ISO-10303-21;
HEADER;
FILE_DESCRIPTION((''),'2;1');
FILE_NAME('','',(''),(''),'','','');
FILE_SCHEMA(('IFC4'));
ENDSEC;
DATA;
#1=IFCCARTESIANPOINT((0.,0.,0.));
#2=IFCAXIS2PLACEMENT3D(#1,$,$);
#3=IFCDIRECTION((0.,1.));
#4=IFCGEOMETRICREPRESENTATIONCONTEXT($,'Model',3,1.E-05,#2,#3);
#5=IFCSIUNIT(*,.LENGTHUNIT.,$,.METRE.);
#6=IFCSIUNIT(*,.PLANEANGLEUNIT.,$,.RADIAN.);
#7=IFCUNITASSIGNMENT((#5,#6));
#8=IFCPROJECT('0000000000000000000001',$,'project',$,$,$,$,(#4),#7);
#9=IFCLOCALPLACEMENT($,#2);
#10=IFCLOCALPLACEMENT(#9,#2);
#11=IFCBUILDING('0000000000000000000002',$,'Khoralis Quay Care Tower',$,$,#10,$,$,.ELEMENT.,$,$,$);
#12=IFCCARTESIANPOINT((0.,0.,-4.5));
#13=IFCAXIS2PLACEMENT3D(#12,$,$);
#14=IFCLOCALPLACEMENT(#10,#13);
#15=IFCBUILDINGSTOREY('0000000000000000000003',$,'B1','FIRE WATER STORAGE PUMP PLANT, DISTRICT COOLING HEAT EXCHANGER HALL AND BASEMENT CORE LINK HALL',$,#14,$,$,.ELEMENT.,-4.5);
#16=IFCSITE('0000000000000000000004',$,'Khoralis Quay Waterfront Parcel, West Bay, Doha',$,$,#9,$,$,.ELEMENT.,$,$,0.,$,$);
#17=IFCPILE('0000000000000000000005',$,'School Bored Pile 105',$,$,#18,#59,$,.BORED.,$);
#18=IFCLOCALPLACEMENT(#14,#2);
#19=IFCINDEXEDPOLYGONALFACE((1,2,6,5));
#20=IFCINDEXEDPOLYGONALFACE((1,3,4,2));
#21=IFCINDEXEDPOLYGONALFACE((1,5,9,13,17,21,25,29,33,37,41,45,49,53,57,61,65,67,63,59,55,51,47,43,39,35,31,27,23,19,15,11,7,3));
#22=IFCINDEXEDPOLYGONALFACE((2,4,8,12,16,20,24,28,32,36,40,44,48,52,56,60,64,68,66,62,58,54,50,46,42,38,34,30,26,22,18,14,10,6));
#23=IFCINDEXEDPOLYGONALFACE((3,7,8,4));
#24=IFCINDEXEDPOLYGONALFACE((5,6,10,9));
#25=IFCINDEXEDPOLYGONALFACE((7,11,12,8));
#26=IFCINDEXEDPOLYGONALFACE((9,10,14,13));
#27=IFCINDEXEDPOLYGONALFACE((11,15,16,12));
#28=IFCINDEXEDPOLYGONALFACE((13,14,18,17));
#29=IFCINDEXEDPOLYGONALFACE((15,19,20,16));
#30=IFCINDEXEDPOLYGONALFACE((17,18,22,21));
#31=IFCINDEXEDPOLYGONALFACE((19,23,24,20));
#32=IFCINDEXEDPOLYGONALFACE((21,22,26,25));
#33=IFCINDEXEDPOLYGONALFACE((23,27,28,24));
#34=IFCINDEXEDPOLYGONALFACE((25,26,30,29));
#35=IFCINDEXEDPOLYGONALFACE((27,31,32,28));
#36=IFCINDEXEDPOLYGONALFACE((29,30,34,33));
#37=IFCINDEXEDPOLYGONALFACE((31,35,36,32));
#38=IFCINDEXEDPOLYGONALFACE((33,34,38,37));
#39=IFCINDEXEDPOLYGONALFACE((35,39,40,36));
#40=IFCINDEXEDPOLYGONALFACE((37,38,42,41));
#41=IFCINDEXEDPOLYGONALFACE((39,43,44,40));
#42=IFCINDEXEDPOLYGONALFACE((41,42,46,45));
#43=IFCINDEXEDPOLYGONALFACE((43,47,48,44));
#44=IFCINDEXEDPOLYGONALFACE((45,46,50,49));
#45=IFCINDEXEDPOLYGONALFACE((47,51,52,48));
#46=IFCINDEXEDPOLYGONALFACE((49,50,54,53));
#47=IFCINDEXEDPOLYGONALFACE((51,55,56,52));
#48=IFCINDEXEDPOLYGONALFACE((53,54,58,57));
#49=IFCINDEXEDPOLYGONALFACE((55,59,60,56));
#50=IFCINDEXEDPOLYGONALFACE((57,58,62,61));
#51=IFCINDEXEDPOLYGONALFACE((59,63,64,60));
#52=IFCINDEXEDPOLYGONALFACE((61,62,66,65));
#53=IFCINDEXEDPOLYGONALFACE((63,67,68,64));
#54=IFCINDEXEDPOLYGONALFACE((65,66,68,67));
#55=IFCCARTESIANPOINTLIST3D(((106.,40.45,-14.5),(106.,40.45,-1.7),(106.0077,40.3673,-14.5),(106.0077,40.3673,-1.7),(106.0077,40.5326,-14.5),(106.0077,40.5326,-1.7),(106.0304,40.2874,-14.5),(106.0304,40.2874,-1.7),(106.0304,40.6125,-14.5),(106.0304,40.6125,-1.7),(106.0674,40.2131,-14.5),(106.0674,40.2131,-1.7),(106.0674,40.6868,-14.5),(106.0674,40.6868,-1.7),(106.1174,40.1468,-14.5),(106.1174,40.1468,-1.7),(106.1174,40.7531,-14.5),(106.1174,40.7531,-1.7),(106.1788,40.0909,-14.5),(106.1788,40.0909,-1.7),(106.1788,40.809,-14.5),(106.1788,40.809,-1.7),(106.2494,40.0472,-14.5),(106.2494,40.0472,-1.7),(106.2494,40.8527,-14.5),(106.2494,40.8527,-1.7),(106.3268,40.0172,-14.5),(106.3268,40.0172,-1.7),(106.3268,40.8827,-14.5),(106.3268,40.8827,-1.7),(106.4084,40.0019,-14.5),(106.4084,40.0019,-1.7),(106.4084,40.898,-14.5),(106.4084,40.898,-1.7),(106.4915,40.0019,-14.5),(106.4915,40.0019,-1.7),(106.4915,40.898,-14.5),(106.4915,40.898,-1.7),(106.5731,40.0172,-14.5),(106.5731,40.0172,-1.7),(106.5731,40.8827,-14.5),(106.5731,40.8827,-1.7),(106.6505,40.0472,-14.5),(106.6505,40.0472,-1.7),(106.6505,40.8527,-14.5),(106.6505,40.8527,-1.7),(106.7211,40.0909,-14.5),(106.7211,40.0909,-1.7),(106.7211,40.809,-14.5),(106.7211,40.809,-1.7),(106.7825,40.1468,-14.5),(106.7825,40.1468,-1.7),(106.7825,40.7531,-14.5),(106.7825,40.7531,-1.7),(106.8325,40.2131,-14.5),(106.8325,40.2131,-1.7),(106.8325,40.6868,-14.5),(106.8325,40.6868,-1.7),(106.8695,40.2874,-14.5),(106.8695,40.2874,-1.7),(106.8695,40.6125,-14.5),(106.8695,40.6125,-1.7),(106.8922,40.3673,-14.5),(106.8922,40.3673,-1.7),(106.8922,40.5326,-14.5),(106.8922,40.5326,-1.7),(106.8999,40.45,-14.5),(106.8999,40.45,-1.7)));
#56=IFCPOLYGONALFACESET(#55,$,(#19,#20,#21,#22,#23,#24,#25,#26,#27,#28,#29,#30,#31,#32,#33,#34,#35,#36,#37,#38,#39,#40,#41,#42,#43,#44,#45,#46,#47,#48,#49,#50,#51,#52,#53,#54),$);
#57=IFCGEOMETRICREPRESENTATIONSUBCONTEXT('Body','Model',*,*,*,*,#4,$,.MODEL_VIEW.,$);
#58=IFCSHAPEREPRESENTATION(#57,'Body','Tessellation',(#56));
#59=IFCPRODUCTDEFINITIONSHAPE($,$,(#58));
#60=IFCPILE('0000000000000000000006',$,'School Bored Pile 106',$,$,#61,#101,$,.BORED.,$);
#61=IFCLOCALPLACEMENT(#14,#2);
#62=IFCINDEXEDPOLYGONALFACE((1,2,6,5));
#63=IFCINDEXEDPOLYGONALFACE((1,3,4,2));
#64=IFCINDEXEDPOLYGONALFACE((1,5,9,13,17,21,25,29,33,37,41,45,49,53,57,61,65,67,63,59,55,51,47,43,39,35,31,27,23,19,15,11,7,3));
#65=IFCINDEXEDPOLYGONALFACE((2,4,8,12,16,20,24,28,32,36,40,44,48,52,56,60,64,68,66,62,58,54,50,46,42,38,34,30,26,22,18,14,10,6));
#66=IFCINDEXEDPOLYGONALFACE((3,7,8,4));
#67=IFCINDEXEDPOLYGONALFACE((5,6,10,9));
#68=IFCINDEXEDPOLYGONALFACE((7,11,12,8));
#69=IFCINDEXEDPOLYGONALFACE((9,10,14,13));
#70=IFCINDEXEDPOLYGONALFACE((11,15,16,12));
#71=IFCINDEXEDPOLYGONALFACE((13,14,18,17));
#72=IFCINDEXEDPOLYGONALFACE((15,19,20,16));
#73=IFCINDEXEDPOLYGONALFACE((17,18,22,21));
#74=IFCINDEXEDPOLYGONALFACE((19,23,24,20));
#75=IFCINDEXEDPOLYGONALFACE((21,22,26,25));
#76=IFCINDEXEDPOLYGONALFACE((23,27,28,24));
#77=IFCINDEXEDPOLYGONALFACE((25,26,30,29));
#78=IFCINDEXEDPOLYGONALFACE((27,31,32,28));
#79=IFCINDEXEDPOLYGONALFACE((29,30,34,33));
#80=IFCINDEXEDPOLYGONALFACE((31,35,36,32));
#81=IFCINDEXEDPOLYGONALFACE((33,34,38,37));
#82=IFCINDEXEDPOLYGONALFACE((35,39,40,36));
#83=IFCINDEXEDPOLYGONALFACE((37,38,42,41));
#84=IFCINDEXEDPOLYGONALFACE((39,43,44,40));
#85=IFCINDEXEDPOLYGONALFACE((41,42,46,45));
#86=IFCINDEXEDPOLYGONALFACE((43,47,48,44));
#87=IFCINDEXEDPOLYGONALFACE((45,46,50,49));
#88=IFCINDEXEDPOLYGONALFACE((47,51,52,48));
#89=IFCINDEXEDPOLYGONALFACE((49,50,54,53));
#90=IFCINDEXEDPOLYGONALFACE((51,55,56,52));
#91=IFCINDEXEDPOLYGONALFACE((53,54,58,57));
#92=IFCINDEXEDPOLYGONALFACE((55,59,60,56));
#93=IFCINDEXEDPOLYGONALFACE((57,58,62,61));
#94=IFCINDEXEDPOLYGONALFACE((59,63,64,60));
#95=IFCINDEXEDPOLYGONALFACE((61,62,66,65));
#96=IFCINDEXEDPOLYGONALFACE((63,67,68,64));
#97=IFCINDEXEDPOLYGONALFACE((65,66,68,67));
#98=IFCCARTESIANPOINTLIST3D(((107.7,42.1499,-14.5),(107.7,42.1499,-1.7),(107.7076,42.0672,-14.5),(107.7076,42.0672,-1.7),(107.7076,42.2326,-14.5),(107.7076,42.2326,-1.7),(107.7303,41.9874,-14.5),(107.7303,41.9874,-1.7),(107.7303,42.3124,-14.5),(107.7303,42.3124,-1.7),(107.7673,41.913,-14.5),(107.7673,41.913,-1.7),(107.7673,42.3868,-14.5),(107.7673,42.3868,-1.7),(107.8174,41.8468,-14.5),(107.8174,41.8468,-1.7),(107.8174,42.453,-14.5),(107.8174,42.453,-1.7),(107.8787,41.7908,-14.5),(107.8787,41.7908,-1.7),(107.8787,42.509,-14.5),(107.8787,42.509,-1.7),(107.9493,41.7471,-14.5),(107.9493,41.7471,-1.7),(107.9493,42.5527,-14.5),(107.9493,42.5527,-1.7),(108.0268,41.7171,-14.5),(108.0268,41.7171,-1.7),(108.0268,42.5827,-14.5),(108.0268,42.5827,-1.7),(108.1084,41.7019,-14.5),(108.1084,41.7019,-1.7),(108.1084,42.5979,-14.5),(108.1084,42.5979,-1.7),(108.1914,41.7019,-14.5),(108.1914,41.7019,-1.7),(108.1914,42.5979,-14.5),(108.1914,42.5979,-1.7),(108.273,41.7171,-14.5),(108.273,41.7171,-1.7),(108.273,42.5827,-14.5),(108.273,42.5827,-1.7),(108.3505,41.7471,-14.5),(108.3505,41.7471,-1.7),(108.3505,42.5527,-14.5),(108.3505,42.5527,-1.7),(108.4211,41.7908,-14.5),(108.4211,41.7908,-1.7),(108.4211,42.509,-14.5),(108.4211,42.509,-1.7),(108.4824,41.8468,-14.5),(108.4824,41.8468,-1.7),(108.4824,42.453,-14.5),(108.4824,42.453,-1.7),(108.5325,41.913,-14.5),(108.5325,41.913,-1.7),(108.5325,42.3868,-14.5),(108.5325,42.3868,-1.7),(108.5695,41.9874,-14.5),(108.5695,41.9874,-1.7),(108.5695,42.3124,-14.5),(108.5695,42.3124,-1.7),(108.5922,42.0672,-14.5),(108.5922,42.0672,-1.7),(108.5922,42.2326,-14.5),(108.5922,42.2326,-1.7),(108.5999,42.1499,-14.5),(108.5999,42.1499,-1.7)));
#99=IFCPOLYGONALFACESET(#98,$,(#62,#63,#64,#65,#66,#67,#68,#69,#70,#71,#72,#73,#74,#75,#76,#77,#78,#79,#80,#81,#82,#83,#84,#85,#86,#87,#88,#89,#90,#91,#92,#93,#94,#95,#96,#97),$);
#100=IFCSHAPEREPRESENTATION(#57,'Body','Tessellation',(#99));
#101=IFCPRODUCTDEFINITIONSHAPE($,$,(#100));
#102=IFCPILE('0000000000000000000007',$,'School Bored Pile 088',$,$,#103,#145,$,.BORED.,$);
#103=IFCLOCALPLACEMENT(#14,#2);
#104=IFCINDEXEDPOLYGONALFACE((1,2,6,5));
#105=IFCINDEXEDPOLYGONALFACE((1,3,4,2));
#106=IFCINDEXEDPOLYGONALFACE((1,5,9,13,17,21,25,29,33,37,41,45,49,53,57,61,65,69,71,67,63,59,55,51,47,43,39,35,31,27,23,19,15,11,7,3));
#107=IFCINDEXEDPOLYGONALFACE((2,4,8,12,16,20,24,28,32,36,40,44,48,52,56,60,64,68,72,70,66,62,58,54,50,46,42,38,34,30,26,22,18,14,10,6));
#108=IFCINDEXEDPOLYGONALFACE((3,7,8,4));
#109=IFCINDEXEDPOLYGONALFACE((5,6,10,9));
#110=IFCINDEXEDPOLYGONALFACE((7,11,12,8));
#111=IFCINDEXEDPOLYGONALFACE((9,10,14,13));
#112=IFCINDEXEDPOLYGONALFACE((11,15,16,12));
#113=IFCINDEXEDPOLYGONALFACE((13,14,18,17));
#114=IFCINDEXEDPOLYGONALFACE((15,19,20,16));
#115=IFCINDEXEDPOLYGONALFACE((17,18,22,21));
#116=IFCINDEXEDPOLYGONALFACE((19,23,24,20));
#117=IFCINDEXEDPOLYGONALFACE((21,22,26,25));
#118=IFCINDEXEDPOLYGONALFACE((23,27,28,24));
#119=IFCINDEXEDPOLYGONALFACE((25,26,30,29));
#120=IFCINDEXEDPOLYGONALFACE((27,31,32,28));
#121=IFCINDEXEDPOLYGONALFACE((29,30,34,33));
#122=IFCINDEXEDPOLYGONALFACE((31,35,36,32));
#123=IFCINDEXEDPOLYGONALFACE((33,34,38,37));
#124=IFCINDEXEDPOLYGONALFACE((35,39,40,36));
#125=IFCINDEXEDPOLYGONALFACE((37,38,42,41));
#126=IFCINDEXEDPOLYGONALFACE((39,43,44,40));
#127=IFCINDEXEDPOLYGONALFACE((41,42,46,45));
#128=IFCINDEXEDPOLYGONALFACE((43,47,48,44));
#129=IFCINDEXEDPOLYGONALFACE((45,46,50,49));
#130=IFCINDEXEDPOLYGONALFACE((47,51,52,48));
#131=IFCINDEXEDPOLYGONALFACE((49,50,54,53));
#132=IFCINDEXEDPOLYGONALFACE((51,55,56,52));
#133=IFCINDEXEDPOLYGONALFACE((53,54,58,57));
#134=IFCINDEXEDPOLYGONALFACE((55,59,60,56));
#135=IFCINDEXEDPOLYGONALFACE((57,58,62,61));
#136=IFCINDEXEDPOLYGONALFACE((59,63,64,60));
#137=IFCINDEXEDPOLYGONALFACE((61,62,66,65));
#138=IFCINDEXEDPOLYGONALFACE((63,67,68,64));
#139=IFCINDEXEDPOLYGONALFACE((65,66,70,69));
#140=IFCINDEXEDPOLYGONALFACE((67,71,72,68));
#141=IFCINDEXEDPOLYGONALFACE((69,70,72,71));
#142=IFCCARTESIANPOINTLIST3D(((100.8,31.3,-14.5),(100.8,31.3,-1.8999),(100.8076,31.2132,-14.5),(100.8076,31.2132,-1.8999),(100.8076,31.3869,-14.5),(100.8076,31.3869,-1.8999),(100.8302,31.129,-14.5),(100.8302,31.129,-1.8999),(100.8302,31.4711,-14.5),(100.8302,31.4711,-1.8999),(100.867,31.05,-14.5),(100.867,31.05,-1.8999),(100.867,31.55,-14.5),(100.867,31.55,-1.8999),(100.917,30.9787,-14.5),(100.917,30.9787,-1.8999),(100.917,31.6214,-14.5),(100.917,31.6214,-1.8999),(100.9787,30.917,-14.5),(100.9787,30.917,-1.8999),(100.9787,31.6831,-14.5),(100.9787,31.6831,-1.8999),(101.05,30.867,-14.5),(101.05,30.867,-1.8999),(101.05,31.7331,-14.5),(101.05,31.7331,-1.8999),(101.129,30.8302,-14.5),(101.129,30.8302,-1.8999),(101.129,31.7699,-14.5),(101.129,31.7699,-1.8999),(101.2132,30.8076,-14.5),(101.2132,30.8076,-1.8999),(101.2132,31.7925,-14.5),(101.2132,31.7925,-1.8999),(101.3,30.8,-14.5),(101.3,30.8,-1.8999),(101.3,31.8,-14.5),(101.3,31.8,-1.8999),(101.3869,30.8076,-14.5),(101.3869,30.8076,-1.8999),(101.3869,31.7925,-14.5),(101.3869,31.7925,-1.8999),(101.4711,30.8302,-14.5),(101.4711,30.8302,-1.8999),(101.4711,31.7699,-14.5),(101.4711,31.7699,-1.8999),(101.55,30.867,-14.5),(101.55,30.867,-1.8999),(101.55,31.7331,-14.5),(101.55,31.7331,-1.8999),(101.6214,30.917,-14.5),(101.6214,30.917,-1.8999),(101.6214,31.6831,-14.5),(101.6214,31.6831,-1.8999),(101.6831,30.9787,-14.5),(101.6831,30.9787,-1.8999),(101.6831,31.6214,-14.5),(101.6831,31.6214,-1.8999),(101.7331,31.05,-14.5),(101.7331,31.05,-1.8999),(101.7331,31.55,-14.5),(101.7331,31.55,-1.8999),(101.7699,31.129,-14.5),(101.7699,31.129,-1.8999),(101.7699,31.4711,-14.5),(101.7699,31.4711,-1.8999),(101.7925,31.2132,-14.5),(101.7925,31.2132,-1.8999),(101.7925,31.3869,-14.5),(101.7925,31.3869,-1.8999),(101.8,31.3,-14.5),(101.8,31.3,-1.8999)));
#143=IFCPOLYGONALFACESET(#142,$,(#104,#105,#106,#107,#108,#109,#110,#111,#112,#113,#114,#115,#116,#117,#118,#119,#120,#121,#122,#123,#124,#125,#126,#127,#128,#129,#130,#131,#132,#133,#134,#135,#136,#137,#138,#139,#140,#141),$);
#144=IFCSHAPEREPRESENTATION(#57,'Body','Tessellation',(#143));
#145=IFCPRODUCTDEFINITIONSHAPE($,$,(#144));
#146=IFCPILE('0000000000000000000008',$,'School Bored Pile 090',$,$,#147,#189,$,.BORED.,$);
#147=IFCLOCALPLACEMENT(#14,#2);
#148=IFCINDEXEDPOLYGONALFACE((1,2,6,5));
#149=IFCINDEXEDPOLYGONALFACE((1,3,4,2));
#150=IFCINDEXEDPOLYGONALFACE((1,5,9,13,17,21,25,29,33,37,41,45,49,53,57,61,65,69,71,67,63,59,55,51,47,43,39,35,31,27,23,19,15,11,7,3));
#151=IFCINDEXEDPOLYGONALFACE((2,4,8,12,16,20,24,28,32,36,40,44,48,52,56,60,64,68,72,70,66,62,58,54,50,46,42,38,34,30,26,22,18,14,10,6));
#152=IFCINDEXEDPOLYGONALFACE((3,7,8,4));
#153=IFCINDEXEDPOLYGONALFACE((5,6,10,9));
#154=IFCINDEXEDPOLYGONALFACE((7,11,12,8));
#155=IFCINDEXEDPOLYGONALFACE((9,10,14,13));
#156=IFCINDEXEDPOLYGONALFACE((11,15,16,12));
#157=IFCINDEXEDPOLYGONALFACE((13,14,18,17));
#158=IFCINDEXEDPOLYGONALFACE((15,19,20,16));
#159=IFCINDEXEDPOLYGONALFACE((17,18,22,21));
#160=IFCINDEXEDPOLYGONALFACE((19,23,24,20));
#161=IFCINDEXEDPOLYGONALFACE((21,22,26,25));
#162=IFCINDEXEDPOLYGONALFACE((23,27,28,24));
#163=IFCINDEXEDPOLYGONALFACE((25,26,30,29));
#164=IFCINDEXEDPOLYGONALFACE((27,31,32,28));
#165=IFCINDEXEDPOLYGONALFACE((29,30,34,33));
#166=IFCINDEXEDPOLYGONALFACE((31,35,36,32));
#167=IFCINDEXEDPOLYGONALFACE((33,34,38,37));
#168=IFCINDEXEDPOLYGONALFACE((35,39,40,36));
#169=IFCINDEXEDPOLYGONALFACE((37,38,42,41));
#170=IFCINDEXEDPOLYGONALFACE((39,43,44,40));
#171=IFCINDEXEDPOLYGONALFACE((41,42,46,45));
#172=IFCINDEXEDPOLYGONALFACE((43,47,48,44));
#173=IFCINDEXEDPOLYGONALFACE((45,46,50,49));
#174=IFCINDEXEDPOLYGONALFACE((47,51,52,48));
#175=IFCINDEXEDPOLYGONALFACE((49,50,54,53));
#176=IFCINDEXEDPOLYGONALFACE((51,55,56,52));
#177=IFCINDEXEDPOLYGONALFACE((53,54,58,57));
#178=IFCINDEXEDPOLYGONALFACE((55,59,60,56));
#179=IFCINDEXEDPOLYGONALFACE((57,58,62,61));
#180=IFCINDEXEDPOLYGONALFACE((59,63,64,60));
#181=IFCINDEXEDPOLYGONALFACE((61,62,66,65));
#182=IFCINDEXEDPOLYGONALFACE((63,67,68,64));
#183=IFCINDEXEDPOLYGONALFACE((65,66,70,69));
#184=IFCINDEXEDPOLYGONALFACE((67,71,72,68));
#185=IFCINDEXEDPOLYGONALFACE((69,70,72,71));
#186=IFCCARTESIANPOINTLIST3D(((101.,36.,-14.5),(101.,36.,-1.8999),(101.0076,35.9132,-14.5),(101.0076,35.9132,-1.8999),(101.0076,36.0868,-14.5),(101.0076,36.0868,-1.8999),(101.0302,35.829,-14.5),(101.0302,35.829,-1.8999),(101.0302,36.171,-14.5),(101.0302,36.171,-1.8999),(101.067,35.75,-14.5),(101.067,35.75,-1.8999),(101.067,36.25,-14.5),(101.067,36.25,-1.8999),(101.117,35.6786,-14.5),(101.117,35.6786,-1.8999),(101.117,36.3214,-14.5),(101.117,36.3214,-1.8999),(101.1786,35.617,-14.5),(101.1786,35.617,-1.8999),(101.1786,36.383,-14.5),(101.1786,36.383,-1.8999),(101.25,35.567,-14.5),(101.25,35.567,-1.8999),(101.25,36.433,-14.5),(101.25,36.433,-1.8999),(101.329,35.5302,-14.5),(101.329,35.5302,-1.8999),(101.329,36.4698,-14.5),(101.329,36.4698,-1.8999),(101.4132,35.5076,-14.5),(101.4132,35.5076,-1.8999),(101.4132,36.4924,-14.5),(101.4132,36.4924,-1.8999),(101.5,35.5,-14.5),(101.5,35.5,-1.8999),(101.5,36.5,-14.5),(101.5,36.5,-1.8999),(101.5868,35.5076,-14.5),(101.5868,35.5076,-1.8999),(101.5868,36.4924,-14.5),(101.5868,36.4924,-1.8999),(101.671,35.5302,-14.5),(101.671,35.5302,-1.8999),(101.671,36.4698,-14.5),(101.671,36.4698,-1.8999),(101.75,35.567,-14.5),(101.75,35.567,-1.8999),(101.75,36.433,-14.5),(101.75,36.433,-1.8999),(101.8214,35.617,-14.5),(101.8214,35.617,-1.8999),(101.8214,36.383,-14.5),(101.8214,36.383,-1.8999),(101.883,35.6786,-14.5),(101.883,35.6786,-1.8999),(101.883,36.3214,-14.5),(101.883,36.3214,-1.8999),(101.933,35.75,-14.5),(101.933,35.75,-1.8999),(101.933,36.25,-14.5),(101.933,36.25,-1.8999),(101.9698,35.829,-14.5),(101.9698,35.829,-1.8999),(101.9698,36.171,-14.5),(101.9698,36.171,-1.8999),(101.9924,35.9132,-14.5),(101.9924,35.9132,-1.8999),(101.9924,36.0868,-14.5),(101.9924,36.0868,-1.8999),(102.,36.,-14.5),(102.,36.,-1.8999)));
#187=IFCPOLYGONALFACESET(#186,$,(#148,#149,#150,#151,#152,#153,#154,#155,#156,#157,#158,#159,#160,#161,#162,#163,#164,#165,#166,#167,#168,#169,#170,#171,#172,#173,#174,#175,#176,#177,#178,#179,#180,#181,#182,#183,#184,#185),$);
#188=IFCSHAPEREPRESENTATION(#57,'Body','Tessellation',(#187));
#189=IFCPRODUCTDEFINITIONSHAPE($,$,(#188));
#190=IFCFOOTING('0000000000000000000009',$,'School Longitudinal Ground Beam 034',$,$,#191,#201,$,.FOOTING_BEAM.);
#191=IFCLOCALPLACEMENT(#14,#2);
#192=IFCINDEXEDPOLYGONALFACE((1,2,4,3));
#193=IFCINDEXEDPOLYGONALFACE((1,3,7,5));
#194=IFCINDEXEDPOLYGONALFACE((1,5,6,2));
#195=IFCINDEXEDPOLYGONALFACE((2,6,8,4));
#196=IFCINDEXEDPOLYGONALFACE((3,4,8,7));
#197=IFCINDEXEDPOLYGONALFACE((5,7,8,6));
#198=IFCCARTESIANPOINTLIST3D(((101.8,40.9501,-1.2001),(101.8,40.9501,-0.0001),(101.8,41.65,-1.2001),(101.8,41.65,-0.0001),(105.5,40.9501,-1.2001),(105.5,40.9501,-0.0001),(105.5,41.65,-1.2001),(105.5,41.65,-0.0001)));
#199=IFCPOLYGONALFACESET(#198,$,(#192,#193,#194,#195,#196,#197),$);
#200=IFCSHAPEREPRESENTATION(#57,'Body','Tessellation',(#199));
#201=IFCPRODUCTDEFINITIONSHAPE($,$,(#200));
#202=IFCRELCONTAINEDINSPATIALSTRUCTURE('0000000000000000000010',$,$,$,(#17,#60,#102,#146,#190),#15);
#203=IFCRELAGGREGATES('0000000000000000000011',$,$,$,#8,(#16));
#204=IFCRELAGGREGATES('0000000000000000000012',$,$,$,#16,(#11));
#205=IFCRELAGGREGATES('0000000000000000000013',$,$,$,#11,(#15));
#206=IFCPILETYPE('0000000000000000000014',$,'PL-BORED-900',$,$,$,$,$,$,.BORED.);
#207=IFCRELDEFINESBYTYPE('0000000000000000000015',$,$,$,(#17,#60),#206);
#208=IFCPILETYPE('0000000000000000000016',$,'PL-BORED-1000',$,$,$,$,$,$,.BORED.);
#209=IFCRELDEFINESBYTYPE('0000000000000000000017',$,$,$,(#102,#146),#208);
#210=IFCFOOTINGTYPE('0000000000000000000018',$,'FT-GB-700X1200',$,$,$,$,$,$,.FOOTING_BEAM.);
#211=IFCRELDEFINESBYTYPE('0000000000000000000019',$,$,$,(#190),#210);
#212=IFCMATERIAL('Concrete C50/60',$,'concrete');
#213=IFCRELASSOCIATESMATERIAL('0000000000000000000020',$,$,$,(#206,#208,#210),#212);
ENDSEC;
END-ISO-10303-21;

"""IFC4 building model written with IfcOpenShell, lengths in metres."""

from ifc_helpers import new_model, si_unit, direction, frame, origin, origin_2d, place, context, subcontext, project, spatial, rectangle, circle, extrude, source, transform, mapped, material, material_profile, profile_set, type_object, element, save


model = new_model("IFC4")

# Units and contexts
model_context = context("Model", 3, precision=1e-05, world=origin(), true_north=direction((0.0, 1.0)))
body_context = subcontext(model_context, "Body", "Model", "MODEL_VIEW")
ifc_project = project(units=[si_unit("LENGTHUNIT", "METRE"), si_unit("PLANEANGLEUNIT", "RADIAN")], contexts=[model_context])

# Site, building, storey
site_placement = place(None, origin())
site = spatial("IfcSite", under=ifc_project, at=site_placement, Name="Khoralis Quay Waterfront Parcel, West Bay, Doha", CompositionType="ELEMENT", RefElevation=0.0)
building_placement = place(site_placement, origin())
building = spatial("IfcBuilding", under=site, at=building_placement, Name="Khoralis Quay Care Tower", CompositionType="ELEMENT")
storey_placement = place(building_placement, frame((0.0, 0.0, -4.5)))
storey = spatial("IfcBuildingStorey", under=building, at=storey_placement, Name="B1", Description="FIRE WATER STORAGE PUMP PLANT, DISTRICT COOLING HEAT EXCHANGER HALL AND BASEMENT CORE LINK HALL", CompositionType="ELEMENT", Elevation=-4.5)

# Shared definitions
ifc_material_1 = material(Name="Concrete C50/60", Category="concrete")

# Piles
ifc_material_profile_1 = material_profile(ifc_material_1, circle(Radius=0.45, at=origin_2d()), Name="Concrete C50/60")
ifc_profile_set_1 = profile_set([ifc_material_profile_1], Name="Concrete C50/60")
pile_type_1 = type_object("IfcPileType", Name="PL-BORED-900", PredefinedType="BORED", material=ifc_profile_set_1)
shared_shape_1 = source(origin(), body_context, "Body", "SweptSolid", [
    extrude(circle(Radius=0.45, at=origin_2d()), origin(), (0.0, 0.0, 1.0), 12.8),
])
for number, where, z_axis, x_axis, name in (
    (1, (106.45, 40.45, -1.7), (0.0, 0.0, -1.0), (1.0, 0.0, 0.0), "School Bored Pile 105"),
    (2, (108.1499, 42.1499, -1.7), (0.0, 0.0, -1.0), (1.0, 0.0, 0.0), "School Bored Pile 106"),
):
    element("IfcPile", number, at=place(storey_placement, frame(where, z_axis=z_axis, x_axis=x_axis)), inside=storey, type_object=pile_type_1, Name=name, PredefinedType="BORED", context=body_context, shape_type="MappedRepresentation", body=[
        mapped(shared_shape_1, transform((0.0, 0.0, 0.0), scale=1.0)),
    ])
ifc_material_profile_2 = material_profile(ifc_material_1, circle(Radius=0.5, at=origin_2d()), Name="Concrete C50/60")
ifc_profile_set_2 = profile_set([ifc_material_profile_2], Name="Concrete C50/60")
pile_type_2 = type_object("IfcPileType", Name="PL-BORED-1000", PredefinedType="BORED", material=ifc_profile_set_2)
shared_shape_2 = source(origin(), body_context, "Body", "SweptSolid", [
    extrude(circle(Radius=0.5, at=origin_2d()), origin(), (0.0, 0.0, 1.0), 12.6001),
])
for number, where, z_axis, x_axis, name in (
    (3, (101.3, 31.3, -1.8999), (0.0, 0.0, -1.0), (1.0, 0.0, 0.0), "School Bored Pile 088"),
    (4, (101.5, 36.0, -1.8999), (0.0, 0.0, -1.0), (1.0, 0.0, 0.0), "School Bored Pile 090"),
):
    element("IfcPile", number, at=place(storey_placement, frame(where, z_axis=z_axis, x_axis=x_axis)), inside=storey, type_object=pile_type_2, Name=name, PredefinedType="BORED", context=body_context, shape_type="MappedRepresentation", body=[
        mapped(shared_shape_2, transform((0.0, 0.0, 0.0), scale=1.0)),
    ])

# Footing
ifc_material_profile_3 = material_profile(ifc_material_1, rectangle(XDim=0.7, YDim=1.2, at=origin_2d()), Name="Concrete C50/60")
ifc_profile_set_3 = profile_set([ifc_material_profile_3], Name="Concrete C50/60")
footing_type_1 = type_object("IfcFootingType", Name="FT-GB-700X1200", PredefinedType="FOOTING_BEAM", material=ifc_profile_set_3)
shared_shape_3 = source(origin(), body_context, "Body", "SweptSolid", [
    extrude(rectangle(XDim=0.7, YDim=1.2, at=origin_2d()), origin(), (0.0, 0.0, 1.0), 3.7),
])
footing_1_placement = place(storey_placement, frame((101.8, 41.3, -0.6001), z_axis=(1.0, 0.0, 0.0), x_axis=(0.0, 1.0, 0.0)))
element("IfcFooting", 5, at=footing_1_placement, inside=storey, type_object=footing_type_1, Name="School Longitudinal Ground Beam 034", PredefinedType="FOOTING_BEAM", context=body_context, shape_type="MappedRepresentation", body=[
    mapped(shared_shape_3, transform((0.0, 0.0, 0.0), scale=1.0)),
])

save(model, "model.ifc")
